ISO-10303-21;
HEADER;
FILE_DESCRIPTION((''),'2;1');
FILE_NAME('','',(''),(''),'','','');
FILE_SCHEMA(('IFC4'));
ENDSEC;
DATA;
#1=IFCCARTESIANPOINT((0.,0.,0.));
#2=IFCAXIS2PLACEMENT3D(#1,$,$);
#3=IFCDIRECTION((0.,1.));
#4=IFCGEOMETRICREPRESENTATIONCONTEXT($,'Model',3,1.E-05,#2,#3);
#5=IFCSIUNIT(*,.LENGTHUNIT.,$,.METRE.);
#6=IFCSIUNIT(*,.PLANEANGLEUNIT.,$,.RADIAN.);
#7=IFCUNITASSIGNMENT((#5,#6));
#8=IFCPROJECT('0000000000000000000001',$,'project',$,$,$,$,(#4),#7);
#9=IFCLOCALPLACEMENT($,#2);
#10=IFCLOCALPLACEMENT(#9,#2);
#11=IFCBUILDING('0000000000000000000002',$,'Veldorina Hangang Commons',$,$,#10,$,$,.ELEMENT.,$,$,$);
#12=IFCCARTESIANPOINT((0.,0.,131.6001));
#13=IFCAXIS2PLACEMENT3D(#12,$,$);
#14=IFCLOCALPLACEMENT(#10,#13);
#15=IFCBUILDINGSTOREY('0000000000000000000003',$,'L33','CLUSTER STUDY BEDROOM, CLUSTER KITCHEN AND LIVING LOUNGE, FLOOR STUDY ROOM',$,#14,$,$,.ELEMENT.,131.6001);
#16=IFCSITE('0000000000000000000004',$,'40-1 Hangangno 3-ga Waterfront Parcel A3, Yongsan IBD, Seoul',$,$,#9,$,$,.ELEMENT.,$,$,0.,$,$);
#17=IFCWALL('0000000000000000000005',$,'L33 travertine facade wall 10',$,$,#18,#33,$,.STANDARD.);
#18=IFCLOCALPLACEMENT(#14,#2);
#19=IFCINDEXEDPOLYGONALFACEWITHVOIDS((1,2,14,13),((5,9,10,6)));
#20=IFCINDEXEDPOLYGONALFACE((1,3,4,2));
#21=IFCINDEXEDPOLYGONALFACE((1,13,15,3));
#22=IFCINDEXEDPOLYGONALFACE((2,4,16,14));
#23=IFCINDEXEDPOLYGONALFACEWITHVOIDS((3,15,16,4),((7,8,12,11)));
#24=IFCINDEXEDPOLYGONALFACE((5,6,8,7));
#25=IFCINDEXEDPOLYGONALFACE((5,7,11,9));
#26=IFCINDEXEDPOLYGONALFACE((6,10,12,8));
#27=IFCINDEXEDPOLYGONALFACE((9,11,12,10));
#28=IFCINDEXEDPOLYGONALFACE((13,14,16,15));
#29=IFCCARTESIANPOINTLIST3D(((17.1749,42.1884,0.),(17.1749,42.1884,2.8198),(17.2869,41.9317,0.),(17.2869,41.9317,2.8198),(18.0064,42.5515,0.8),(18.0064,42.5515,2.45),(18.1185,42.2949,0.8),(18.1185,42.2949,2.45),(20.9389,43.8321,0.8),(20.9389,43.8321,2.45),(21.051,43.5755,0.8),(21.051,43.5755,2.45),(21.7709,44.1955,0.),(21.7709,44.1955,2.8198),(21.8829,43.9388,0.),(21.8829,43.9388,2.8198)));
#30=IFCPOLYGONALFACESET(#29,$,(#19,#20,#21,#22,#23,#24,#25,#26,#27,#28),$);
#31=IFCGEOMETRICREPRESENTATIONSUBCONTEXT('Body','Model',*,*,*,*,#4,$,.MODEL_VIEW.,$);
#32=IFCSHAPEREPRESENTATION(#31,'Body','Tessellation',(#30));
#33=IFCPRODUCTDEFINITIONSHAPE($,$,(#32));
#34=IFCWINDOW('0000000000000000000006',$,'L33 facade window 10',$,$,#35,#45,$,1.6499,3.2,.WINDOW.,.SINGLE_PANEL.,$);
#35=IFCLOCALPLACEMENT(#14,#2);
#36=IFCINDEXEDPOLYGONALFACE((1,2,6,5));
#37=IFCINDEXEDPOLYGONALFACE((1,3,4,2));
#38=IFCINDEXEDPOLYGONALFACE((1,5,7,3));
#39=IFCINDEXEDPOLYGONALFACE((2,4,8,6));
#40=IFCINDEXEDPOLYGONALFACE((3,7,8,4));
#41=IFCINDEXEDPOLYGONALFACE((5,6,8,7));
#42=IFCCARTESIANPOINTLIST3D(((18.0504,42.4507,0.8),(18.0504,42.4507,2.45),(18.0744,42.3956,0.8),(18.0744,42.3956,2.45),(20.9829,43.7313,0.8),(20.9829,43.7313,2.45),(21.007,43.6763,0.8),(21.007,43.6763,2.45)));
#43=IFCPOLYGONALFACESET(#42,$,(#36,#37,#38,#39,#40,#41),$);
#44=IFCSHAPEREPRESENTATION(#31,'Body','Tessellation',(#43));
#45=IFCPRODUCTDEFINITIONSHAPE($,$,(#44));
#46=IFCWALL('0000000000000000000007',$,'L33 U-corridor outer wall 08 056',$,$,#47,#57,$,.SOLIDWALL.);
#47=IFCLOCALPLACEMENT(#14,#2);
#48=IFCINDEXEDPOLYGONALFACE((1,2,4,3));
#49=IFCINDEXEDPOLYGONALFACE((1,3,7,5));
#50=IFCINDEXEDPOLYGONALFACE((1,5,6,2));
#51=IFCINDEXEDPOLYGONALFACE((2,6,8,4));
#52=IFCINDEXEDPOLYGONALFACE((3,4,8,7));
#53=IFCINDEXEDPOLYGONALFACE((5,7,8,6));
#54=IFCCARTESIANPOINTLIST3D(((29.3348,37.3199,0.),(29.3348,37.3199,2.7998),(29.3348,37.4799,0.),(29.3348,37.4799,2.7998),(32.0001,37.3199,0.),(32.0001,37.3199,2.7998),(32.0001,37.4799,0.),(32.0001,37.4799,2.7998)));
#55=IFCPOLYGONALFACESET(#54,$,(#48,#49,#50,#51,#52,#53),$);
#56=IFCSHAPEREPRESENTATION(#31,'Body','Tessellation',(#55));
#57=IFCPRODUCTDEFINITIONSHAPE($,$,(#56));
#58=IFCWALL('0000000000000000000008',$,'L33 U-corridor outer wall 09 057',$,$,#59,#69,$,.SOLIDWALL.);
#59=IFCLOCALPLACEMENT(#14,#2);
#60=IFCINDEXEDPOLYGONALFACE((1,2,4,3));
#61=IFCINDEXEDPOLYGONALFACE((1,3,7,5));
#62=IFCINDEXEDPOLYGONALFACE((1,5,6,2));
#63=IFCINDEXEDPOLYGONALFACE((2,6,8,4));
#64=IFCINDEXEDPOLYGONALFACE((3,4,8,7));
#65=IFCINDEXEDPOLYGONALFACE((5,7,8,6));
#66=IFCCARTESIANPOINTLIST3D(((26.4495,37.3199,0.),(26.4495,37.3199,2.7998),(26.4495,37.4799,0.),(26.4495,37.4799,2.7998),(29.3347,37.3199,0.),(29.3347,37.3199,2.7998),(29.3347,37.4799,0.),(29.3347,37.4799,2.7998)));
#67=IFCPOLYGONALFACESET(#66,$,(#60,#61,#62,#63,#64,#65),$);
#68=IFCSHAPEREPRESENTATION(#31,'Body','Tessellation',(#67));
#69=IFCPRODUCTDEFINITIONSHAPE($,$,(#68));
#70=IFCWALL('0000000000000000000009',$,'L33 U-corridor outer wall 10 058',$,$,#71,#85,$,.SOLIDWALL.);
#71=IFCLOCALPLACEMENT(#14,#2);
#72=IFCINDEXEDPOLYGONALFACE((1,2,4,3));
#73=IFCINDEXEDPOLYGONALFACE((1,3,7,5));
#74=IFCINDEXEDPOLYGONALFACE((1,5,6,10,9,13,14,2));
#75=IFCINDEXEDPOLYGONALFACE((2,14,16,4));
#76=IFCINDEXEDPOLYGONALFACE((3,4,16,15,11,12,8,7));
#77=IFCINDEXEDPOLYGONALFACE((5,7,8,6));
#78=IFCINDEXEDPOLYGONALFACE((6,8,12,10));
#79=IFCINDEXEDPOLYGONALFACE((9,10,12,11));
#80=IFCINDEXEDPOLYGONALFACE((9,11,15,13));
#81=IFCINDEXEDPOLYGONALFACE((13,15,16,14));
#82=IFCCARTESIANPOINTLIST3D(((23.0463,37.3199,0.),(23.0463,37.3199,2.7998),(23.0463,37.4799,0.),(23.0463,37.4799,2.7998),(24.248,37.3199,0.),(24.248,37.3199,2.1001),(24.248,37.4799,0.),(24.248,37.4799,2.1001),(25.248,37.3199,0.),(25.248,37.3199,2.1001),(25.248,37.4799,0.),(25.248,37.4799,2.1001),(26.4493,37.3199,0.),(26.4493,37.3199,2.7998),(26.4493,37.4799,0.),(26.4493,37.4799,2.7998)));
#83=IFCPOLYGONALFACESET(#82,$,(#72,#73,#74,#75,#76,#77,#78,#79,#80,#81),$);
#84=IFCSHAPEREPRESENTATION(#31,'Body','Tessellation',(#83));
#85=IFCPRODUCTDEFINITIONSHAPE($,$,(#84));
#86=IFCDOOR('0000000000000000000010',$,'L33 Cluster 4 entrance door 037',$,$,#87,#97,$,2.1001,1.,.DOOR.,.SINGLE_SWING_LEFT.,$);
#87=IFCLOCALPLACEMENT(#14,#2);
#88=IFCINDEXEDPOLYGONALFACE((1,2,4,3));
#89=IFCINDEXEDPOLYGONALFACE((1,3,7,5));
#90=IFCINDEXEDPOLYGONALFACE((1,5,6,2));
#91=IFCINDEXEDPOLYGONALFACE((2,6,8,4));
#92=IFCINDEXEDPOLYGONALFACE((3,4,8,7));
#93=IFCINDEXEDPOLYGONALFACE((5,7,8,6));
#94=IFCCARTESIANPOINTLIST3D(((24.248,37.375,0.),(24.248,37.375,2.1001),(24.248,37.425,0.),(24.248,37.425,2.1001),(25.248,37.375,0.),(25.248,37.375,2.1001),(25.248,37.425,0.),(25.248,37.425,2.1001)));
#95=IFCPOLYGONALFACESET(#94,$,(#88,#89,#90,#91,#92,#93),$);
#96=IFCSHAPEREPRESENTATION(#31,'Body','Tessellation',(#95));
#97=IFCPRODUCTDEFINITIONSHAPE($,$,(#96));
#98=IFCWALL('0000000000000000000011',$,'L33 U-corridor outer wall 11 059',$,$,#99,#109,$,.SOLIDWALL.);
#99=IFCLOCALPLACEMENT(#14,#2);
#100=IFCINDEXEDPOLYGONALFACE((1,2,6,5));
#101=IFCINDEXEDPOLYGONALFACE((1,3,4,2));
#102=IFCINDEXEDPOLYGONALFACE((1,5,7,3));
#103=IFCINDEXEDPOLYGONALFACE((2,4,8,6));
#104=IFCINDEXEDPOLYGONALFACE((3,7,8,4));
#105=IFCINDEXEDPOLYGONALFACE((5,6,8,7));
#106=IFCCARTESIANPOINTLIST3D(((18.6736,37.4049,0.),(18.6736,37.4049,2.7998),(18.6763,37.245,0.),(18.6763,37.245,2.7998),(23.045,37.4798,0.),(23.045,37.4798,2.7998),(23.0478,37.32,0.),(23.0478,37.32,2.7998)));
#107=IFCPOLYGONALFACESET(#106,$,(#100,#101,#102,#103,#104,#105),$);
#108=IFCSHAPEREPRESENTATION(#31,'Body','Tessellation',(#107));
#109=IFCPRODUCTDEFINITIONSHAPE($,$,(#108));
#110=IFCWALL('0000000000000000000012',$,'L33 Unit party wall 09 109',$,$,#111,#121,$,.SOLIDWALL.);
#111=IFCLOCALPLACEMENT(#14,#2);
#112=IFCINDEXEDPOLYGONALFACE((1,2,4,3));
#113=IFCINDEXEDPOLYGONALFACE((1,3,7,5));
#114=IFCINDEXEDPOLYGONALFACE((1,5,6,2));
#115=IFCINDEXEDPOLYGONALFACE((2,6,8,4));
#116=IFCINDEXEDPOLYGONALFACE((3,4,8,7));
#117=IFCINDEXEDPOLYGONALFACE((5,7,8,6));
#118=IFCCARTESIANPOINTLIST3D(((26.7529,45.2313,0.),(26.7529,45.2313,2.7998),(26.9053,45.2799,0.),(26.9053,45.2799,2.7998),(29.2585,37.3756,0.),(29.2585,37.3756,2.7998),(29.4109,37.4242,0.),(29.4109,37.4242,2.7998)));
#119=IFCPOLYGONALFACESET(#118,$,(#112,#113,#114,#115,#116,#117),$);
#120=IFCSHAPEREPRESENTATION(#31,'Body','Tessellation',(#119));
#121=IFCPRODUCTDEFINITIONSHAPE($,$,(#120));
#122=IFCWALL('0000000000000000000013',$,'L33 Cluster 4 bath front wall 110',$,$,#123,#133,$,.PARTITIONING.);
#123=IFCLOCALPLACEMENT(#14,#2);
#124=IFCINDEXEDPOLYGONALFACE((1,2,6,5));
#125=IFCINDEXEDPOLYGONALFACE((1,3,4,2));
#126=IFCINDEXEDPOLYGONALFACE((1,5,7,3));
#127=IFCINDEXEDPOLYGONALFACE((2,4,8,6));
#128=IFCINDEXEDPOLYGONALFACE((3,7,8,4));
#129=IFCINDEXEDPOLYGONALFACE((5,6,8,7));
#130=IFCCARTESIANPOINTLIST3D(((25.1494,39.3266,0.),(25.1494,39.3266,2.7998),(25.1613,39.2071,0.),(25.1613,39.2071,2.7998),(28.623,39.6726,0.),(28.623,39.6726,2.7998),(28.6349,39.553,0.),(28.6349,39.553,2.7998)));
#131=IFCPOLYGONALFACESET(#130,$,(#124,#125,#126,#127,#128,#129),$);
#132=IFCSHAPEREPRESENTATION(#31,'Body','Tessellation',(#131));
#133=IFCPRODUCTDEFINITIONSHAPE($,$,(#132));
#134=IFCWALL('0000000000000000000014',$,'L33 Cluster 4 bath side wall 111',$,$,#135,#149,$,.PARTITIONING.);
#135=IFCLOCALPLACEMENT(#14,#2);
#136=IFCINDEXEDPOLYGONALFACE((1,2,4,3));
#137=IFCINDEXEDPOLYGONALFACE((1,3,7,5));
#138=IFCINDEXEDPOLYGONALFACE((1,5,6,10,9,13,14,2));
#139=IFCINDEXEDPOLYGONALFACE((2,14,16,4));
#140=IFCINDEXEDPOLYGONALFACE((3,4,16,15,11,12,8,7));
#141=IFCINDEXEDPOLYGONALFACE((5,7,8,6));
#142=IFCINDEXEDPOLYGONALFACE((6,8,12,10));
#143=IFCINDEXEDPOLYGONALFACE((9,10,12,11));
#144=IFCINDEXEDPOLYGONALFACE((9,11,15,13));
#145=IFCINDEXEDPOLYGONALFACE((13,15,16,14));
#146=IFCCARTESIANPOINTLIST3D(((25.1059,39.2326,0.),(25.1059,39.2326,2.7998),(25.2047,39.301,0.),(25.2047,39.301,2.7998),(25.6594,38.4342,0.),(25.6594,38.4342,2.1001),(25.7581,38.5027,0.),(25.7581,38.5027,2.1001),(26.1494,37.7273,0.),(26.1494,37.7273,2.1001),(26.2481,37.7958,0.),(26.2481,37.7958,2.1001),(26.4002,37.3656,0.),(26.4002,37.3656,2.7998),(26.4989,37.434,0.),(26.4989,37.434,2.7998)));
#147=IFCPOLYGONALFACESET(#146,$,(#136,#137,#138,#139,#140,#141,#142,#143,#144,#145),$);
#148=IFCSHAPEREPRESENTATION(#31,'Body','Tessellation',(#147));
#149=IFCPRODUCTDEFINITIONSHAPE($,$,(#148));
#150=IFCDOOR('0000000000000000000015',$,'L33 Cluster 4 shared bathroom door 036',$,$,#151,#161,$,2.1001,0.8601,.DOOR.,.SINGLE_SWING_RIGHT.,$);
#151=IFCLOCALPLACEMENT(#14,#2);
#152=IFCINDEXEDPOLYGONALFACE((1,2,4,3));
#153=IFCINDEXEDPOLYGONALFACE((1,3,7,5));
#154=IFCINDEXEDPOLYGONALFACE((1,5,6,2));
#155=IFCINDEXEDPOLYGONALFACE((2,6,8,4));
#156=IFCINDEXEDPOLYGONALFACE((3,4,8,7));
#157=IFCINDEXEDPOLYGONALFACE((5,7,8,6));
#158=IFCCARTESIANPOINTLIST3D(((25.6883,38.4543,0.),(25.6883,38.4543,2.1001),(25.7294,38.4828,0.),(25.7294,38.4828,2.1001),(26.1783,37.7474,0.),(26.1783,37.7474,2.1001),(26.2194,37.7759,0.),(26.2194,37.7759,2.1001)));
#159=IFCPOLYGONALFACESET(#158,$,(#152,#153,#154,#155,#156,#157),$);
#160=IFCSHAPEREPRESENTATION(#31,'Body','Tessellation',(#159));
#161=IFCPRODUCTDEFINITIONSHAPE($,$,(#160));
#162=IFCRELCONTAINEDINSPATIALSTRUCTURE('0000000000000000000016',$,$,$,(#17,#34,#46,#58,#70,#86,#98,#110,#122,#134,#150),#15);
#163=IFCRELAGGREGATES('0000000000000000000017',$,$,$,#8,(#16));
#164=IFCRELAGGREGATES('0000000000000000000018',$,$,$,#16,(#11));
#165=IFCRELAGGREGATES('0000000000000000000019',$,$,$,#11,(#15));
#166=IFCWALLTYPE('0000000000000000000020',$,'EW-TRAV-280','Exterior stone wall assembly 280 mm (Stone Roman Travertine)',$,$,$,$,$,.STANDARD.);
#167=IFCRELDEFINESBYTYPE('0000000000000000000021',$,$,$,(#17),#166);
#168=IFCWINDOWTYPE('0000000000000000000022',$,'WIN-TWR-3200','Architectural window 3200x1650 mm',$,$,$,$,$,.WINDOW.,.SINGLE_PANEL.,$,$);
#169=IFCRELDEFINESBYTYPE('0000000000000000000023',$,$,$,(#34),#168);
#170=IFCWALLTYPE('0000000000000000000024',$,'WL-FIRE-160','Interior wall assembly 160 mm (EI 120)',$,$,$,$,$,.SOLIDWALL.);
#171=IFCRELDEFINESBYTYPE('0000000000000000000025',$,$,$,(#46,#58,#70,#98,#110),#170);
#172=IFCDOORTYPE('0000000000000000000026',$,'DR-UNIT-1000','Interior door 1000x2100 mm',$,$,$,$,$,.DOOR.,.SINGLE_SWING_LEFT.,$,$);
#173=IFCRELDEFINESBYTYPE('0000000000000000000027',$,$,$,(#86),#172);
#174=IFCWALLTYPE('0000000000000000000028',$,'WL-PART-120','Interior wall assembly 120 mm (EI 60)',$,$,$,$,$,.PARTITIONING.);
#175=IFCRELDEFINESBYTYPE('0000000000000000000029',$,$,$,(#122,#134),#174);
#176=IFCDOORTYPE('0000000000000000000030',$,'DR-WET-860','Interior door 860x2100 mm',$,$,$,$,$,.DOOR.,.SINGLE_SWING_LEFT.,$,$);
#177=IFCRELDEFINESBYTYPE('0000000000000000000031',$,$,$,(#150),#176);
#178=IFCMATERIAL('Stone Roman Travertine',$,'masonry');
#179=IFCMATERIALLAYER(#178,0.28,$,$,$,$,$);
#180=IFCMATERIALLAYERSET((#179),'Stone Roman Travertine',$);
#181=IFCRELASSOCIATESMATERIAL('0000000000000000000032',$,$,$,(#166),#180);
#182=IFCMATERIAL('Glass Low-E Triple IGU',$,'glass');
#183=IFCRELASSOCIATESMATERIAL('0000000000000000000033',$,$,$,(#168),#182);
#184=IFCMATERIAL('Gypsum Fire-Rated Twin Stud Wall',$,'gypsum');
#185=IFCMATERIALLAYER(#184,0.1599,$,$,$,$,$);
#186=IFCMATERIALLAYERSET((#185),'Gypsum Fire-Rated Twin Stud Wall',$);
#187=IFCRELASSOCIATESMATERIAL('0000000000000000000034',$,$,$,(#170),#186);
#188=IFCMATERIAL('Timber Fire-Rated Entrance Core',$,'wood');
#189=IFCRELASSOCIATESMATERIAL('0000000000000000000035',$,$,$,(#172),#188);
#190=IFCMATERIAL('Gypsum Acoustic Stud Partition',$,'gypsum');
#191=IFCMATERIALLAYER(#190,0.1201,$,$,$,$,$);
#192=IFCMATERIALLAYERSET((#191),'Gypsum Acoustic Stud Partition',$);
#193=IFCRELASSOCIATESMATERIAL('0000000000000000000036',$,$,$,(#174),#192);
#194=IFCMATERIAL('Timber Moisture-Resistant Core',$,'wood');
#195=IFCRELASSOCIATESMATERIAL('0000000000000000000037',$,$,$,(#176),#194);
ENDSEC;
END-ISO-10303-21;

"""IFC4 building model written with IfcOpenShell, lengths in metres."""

from ifc_helpers import new_model, si_unit, direction, frame, frame_2d, origin, place, context, subcontext, project, spatial, rectangle, extrude, material, layer, layer_set, type_object, element, fill, save


model = new_model("IFC4")

# Units and contexts
model_context = context("Model", 3, precision=1e-05, world=origin(), true_north=direction((0.0, 1.0)))
body_context = subcontext(model_context, "Body", "Model", "MODEL_VIEW")
ifc_project = project(units=[si_unit("LENGTHUNIT", "METRE"), si_unit("PLANEANGLEUNIT", "RADIAN")], contexts=[model_context])

# Site, building, storey
site_placement = place(None, origin())
site = spatial("IfcSite", under=ifc_project, at=site_placement, Name="40-1 Hangangno 3-ga Waterfront Parcel A3, Yongsan IBD, Seoul", CompositionType="ELEMENT", RefElevation=0.0)
building_placement = place(site_placement, origin())
building = spatial("IfcBuilding", under=site, at=building_placement, Name="Veldorina Hangang Commons", CompositionType="ELEMENT")
storey_placement = place(building_placement, frame((0.0, 0.0, 131.6001)))
storey = spatial("IfcBuildingStorey", under=building, at=storey_placement, Name="L33", Description="CLUSTER STUDY BEDROOM, CLUSTER KITCHEN AND LIVING LOUNGE, FLOOR STUDY ROOM", CompositionType="ELEMENT", Elevation=131.6001)

# Shared definitions
ifc_material_1 = material(Name="Stone Roman Travertine", Category="masonry")
ifc_layer_1 = layer(ifc_material_1, 0.28)
ifc_layer_set_1 = layer_set([ifc_layer_1], Name="Stone Roman Travertine")
wall_type_1 = type_object("IfcWallType", Name="EW-TRAV-280", Description="Exterior stone wall assembly 280 mm (Stone Roman Travertine)", PredefinedType="STANDARD", material=ifc_layer_set_1)
ifc_material_2 = material(Name="Glass Low-E Triple IGU", Category="glass")
window_type = type_object("IfcWindowType", Name="WIN-TWR-3200", Description="Architectural window 3200x1650 mm", PartitioningType="SINGLE_PANEL", PredefinedType="WINDOW", material=ifc_material_2)

# Wall, opening, window
wall_1_placement = place(storey_placement, frame((21.8269, 44.0671, 0.0), z_axis=(0.0, 0.0, 1.0), x_axis=(-0.916424, -0.400208, 0.0)))
wall_1 = element("IfcWall", 1, at=wall_1_placement, inside=storey, type_object=wall_type_1, Name="L33 travertine facade wall 10", PredefinedType="STANDARD", context=body_context, shape_type="SweptSolid", body=[
    extrude(rectangle(XDim=5.0151, YDim=0.28, at=frame_2d((2.5076, 0.0))), origin(), (0.0, 0.0, 1.0), 2.8198),
])
opening_1_placement = place(wall_1_placement, frame((0.9077, 0.0, 0.8)))
opening_1 = element("IfcOpeningElement", 2, at=opening_1_placement, cuts=wall_1, PredefinedType="OPENING", context=body_context, shape_type="SweptSolid", body=[
    extrude(rectangle(XDim=3.2, YDim=1.6499, at=frame_2d((1.6001, 0.825))), frame((0.0, 0.1499, 0.0), z_axis=(0.0, -1.0, 0.0), x_axis=(1.0, 0.0, 0.0)), (0.0, 0.0, 1.0), 0.3),
])
window_1_placement = place(opening_1_placement, origin())
window_1 = element("IfcWindow", 3, at=window_1_placement, inside=storey, type_object=window_type, Name="L33 facade window 10", OverallHeight=1.6499, OverallWidth=3.2, PartitioningType="SINGLE_PANEL", PredefinedType="WINDOW", context=body_context, shape_type="SweptSolid", body=[
    extrude(rectangle(XDim=3.2, YDim=1.6499, at=frame_2d((1.6001, 0.825))), frame((0.0, 0.03, 0.0), z_axis=(0.0, -1.0, 0.0), x_axis=(1.0, 0.0, 0.0)), (0.0, 0.0, 1.0), 0.0601),
])
fill(opening_1, window_1)

# Walls
ifc_material_3 = material(Name="Gypsum Fire-Rated Twin Stud Wall", Category="gypsum")
ifc_layer_2 = layer(ifc_material_3, 0.1599)
ifc_layer_set_2 = layer_set([ifc_layer_2], Name="Gypsum Fire-Rated Twin Stud Wall")
wall_type_2 = type_object("IfcWallType", Name="WL-FIRE-160", Description="Interior wall assembly 160 mm (EI 120)", PredefinedType="SOLIDWALL", material=ifc_layer_set_2)
wall_2_placement = place(storey_placement, frame((32.0, 37.3999, 0.0), z_axis=(0.0, 0.0, 1.0), x_axis=(-1.0, 0.0, 0.0)))
element("IfcWall", 4, at=wall_2_placement, inside=storey, type_object=wall_type_2, Name="L33 U-corridor outer wall 08 056", PredefinedType="SOLIDWALL", context=body_context, shape_type="SweptSolid", body=[
    extrude(rectangle(XDim=2.6653, YDim=0.1599, at=frame_2d((1.3325, 0.0))), origin(), (0.0, 0.0, 1.0), 2.7998),
])
wall_3_placement = place(storey_placement, frame((29.3347, 37.3999, 0.0), z_axis=(0.0, 0.0, 1.0), x_axis=(-1.0, 0.0, 0.0)))
element("IfcWall", 5, at=wall_3_placement, inside=storey, type_object=wall_type_2, Name="L33 U-corridor outer wall 09 057", PredefinedType="SOLIDWALL", context=body_context, shape_type="SweptSolid", body=[
    extrude(rectangle(XDim=2.8853, YDim=0.1599, at=frame_2d((1.4426, 0.0))), origin(), (0.0, 0.0, 1.0), 2.7998),
])

# Wall, opening, door
wall_4_placement = place(storey_placement, frame((26.4495, 37.3999, 0.0), z_axis=(0.0, 0.0, 1.0), x_axis=(-1.0, 0.0, 0.0)))
wall_4 = element("IfcWall", 6, at=wall_4_placement, inside=storey, type_object=wall_type_2, Name="L33 U-corridor outer wall 10 058", PredefinedType="SOLIDWALL", context=body_context, shape_type="SweptSolid", body=[
    extrude(rectangle(XDim=3.4031, YDim=0.1599, at=frame_2d((1.7017, 0.0))), origin(), (0.0, 0.0, 1.0), 2.7998),
])
opening_2_placement = place(wall_4_placement, frame((1.2014, 0.0, 0.0)))
opening_2 = element("IfcOpeningElement", 7, at=opening_2_placement, cuts=wall_4, PredefinedType="OPENING", context=body_context, shape_type="SweptSolid", body=[
    extrude(rectangle(XDim=1.0, YDim=2.1001, at=frame_2d((0.5, 1.05))), frame((0.0, 0.0898, 0.0), z_axis=(0.0, -1.0, 0.0), x_axis=(1.0, 0.0, 0.0)), (0.0, 0.0, 1.0), 0.1799),
])
ifc_material_4 = material(Name="Timber Fire-Rated Entrance Core", Category="wood")
door_type_1 = type_object("IfcDoorType", Name="DR-UNIT-1000", Description="Interior door 1000x2100 mm", OperationType="SINGLE_SWING_LEFT", PredefinedType="DOOR", material=ifc_material_4)
door_1_placement = place(opening_2_placement, origin())
door_1 = element("IfcDoor", 8, at=door_1_placement, inside=storey, type_object=door_type_1, Name="L33 Cluster 4 entrance door 037", OperationType="SINGLE_SWING_LEFT", OverallHeight=2.1001, OverallWidth=1.0, PredefinedType="DOOR", context=body_context, shape_type="SweptSolid", body=[
    extrude(rectangle(XDim=1.0, YDim=2.1001, at=frame_2d((0.5, 1.05))), frame((0.0, 0.0249, 0.0), z_axis=(0.0, -1.0, 0.0), x_axis=(1.0, 0.0, 0.0)), (0.0, 0.0, 1.0), 0.05),
])
fill(opening_2, door_1)

# Walls
wall_5_placement = place(storey_placement, frame((23.0464, 37.3999, 0.0), z_axis=(0.0, 0.0, 1.0), x_axis=(-0.999853, -0.017144, 0.0)))
element("IfcWall", 9, at=wall_5_placement, inside=storey, type_object=wall_type_2, Name="L33 U-corridor outer wall 11 059", PredefinedType="SOLIDWALL", context=body_context, shape_type="SweptSolid", body=[
    extrude(rectangle(XDim=4.3721, YDim=0.1599, at=frame_2d((2.186, 0.0))), origin(), (0.0, 0.0, 1.0), 2.7998),
])
wall_6_placement = place(storey_placement, frame((29.3347, 37.3999, 0.0), z_axis=(0.0, 0.0, 1.0), x_axis=(-0.303872, 0.952713, 0.0)))
element("IfcWall", 10, at=wall_6_placement, inside=storey, type_object=wall_type_2, Name="L33 Unit party wall 09 109", PredefinedType="SOLIDWALL", context=body_context, shape_type="SweptSolid", body=[
    extrude(rectangle(XDim=8.2456, YDim=0.1599, at=frame_2d((4.1228, 0.0))), origin(), (0.0, 0.0, 1.0), 2.7998),
])
ifc_material_5 = material(Name="Gypsum Acoustic Stud Partition", Category="gypsum")
ifc_layer_3 = layer(ifc_material_5, 0.1201)
ifc_layer_set_3 = layer_set([ifc_layer_3], Name="Gypsum Acoustic Stud Partition")
wall_type_3 = type_object("IfcWallType", Name="WL-PART-120", Description="Interior wall assembly 120 mm (EI 60)", PredefinedType="PARTITIONING", material=ifc_layer_set_3)
wall_7_placement = place(storey_placement, frame((28.6289, 39.6128, 0.0), z_axis=(0.0, 0.0, 1.0), x_axis=(-0.995077, -0.099102, 0.0)))
element("IfcWall", 11, at=wall_7_placement, inside=storey, type_object=wall_type_3, Name="L33 Cluster 4 bath front wall 110", PredefinedType="PARTITIONING", context=body_context, shape_type="SweptSolid", body=[
    extrude(rectangle(XDim=3.4907, YDim=0.1201, at=frame_2d((1.7454, 0.0))), origin(), (0.0, 0.0, 1.0), 2.7998),
])

# Wall, opening, door
wall_8_placement = place(storey_placement, frame((26.4495, 37.3999, 0.0), z_axis=(0.0, 0.0, 1.0), x_axis=(-0.569713, 0.821844, 0.0)))
wall_8 = element("IfcWall", 12, at=wall_8_placement, inside=storey, type_object=wall_type_3, Name="L33 Cluster 4 bath side wall 111", PredefinedType="PARTITIONING", context=body_context, shape_type="SweptSolid", body=[
    extrude(rectangle(XDim=2.2717, YDim=0.1201, at=frame_2d((1.1357, 0.0))), origin(), (0.0, 0.0, 1.0), 2.7998),
])
opening_3_placement = place(wall_8_placement, frame((0.4399, 0.0, 0.0)))
opening_3 = element("IfcOpeningElement", 13, at=opening_3_placement, cuts=wall_8, PredefinedType="OPENING", context=body_context, shape_type="SweptSolid", body=[
    extrude(rectangle(XDim=0.8601, YDim=2.1001, at=frame_2d((0.4302, 1.05))), frame((0.0, 0.0701, 0.0), z_axis=(0.0, -1.0, 0.0), x_axis=(1.0, 0.0, 0.0)), (0.0, 0.0, 1.0), 0.1401),
])
ifc_material_6 = material(Name="Timber Moisture-Resistant Core", Category="wood")
door_type_2 = type_object("IfcDoorType", Name="DR-WET-860", Description="Interior door 860x2100 mm", OperationType="SINGLE_SWING_LEFT", PredefinedType="DOOR", material=ifc_material_6)
door_2_placement = place(opening_3_placement, origin())
door_2 = element("IfcDoor", 14, at=door_2_placement, inside=storey, type_object=door_type_2, Name="L33 Cluster 4 shared bathroom door 036", OperationType="SINGLE_SWING_RIGHT", OverallHeight=2.1001, OverallWidth=0.8601, PredefinedType="DOOR", context=body_context, shape_type="SweptSolid", body=[
    extrude(rectangle(XDim=0.8601, YDim=2.1001, at=frame_2d((0.4302, 1.05))), frame((0.0, 0.0249, 0.0), z_axis=(0.0, -1.0, 0.0), x_axis=(1.0, 0.0, 0.0)), (0.0, 0.0, 1.0), 0.05),
])
fill(opening_3, door_2)

save(model, "model.ifc")
